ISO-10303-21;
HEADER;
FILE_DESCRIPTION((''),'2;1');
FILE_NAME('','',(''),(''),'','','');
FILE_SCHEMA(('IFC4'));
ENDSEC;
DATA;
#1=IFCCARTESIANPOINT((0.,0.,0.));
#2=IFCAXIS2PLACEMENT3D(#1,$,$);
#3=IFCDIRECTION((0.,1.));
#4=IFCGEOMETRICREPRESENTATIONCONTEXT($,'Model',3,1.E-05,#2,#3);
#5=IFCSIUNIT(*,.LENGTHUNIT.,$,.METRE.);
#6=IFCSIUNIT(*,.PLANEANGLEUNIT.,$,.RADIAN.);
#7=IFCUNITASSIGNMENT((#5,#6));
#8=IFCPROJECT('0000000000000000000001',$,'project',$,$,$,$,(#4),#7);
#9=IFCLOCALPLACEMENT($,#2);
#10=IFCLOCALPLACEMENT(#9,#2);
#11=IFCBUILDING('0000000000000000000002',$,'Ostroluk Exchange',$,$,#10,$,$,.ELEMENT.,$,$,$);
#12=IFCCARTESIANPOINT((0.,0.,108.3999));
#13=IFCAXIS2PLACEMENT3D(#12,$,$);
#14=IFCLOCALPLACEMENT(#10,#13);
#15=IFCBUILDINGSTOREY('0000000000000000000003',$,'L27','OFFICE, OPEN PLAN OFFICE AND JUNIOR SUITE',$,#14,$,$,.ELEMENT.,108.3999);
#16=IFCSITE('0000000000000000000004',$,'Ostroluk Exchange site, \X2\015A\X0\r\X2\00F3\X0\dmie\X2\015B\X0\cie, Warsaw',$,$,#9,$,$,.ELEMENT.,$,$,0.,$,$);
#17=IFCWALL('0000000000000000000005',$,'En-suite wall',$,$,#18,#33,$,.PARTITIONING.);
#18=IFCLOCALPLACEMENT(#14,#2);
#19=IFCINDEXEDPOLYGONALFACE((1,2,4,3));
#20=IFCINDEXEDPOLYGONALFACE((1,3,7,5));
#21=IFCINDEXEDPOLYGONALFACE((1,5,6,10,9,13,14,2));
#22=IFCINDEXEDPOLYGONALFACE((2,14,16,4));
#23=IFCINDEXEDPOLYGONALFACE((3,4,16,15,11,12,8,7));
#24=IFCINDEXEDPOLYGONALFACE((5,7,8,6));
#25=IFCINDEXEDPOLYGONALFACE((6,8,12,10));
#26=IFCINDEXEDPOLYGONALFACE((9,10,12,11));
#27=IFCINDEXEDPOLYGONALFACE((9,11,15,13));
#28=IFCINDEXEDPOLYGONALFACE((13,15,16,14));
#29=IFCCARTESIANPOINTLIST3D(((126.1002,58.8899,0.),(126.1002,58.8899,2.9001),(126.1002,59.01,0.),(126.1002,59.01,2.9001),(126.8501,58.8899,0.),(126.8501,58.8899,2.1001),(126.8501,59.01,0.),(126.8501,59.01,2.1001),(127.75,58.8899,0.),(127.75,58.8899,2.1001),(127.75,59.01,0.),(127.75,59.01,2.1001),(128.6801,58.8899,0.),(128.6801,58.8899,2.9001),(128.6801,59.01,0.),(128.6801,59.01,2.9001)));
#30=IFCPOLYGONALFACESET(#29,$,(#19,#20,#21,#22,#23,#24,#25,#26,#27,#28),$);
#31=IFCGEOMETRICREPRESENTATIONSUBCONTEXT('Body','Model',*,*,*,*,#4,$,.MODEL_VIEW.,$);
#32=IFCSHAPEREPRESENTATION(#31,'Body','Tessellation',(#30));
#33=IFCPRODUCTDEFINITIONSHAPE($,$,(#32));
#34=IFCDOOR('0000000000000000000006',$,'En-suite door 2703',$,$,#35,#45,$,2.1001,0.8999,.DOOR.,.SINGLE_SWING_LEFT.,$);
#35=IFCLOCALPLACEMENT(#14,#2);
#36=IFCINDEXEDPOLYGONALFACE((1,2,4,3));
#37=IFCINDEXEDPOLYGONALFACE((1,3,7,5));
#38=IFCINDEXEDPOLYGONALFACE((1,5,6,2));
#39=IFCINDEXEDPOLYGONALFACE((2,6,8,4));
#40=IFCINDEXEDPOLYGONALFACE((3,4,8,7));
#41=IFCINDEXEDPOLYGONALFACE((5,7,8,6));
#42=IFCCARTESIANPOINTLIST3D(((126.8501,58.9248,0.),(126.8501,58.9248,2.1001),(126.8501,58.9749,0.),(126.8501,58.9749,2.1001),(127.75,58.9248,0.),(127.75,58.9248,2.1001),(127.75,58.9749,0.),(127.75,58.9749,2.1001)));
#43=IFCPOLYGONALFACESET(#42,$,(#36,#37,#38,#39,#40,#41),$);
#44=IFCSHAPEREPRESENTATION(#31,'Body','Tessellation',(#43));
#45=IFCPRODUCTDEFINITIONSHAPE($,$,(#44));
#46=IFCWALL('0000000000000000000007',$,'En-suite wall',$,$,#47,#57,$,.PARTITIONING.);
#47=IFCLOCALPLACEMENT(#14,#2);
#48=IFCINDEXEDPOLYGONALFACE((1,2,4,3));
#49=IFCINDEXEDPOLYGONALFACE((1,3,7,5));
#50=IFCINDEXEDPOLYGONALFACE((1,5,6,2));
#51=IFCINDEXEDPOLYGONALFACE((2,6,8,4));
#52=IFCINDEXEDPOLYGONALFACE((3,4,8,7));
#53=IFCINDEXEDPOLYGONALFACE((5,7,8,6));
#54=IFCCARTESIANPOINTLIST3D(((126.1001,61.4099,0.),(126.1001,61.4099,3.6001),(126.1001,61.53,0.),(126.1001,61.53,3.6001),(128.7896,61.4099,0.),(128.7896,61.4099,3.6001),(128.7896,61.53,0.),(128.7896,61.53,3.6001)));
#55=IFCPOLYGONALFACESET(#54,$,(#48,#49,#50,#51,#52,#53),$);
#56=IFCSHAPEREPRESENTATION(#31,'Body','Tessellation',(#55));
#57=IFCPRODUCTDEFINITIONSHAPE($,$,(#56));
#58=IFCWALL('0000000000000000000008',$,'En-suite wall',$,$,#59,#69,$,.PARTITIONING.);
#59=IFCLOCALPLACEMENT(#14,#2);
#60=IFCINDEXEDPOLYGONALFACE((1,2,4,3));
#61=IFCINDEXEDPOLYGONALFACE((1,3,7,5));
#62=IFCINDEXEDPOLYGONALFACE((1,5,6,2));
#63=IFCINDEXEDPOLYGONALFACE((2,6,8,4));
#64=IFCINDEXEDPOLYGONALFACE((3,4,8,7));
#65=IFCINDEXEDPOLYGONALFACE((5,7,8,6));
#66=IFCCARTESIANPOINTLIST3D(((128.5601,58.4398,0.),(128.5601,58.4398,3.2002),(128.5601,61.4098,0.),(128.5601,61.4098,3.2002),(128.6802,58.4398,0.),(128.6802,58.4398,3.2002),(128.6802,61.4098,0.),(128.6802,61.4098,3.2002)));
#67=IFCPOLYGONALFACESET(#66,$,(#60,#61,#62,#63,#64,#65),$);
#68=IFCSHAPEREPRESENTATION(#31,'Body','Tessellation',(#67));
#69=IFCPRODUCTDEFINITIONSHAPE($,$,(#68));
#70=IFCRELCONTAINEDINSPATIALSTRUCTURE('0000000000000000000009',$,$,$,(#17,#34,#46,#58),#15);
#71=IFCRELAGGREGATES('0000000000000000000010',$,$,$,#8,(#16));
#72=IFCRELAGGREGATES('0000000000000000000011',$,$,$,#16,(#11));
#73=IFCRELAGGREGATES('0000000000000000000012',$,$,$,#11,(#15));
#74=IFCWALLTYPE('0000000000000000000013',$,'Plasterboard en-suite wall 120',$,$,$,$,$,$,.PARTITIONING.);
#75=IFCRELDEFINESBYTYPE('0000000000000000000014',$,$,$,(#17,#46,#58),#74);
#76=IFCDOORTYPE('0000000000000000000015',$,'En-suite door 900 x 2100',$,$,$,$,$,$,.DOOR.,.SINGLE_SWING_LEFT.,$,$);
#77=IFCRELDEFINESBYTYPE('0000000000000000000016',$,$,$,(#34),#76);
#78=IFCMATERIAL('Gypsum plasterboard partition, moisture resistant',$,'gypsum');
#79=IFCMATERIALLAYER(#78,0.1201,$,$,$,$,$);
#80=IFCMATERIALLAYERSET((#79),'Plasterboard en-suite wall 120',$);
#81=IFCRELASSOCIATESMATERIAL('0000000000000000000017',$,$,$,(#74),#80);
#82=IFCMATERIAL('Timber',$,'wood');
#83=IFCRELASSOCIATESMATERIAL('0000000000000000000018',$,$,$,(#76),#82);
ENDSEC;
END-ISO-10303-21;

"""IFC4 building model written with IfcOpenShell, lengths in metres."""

from ifc_helpers import new_model, si_unit, direction, frame, frame_2d, origin, place, context, subcontext, project, spatial, rectangle, extrude, material, layer, layer_set, type_object, element, fill, save


model = new_model("IFC4")

# Units and contexts
model_context = context("Model", 3, precision=1e-05, world=origin(), true_north=direction((0.0, 1.0)))
body_context = subcontext(model_context, "Body", "Model", "MODEL_VIEW")
ifc_project = project(units=[si_unit("LENGTHUNIT", "METRE"), si_unit("PLANEANGLEUNIT", "RADIAN")], contexts=[model_context])

# Site, building, storey
site_placement = place(None, origin())
site = spatial("IfcSite", under=ifc_project, at=site_placement, Name="Ostroluk Exchange site, Śródmieście, Warsaw", CompositionType="ELEMENT", RefElevation=0.0)
building_placement = place(site_placement, origin())
building = spatial("IfcBuilding", under=site, at=building_placement, Name="Ostroluk Exchange", CompositionType="ELEMENT")
storey_placement = place(building_placement, frame((0.0, 0.0, 108.3999)))
storey = spatial("IfcBuildingStorey", under=building, at=storey_placement, Name="L27", Description="OFFICE, OPEN PLAN OFFICE AND JUNIOR SUITE", CompositionType="ELEMENT", Elevation=108.3999)

# Wall, opening, door
ifc_material_1 = material(Name="Gypsum plasterboard partition, moisture resistant", Category="gypsum")
ifc_layer_1 = layer(ifc_material_1, 0.1201)
ifc_layer_set_1 = layer_set([ifc_layer_1], Name="Plasterboard en-suite wall 120")
wall_type_1 = type_object("IfcWallType", Name="Plasterboard en-suite wall 120", PredefinedType="PARTITIONING", material=ifc_layer_set_1)
wall_1_placement = place(storey_placement, frame((126.1001, 58.95, 0.0), z_axis=(0.0, 0.0, 1.0), x_axis=(1.0, 0.0, 0.0)))
wall_1 = element("IfcWall", 1, at=wall_1_placement, inside=storey, type_object=wall_type_1, Name="En-suite wall", PredefinedType="PARTITIONING", context=body_context, shape_type="SweptSolid", body=[
    extrude(rectangle(XDim=2.5798, YDim=0.1201, at=frame_2d((1.29, 0.0))), origin(), (0.0, 0.0, 1.0), 2.9001),
])
opening_1_placement = place(wall_1_placement, frame((0.75, 0.0, 0.0)))
opening_1 = element("IfcOpeningElement", 2, at=opening_1_placement, cuts=wall_1, PredefinedType="OPENING", context=body_context, shape_type="SweptSolid", body=[
    extrude(rectangle(XDim=0.8999, YDim=2.1001, at=frame_2d((0.45, 1.05))), frame((0.0, 0.0701, 0.0), z_axis=(0.0, -1.0, 0.0), x_axis=(1.0, 0.0, 0.0)), (0.0, 0.0, 1.0), 0.1401),
])
ifc_material_2 = material(Name="Timber", Category="wood")
door_type_1 = type_object("IfcDoorType", Name="En-suite door 900 x 2100", OperationType="SINGLE_SWING_LEFT", PredefinedType="DOOR", material=ifc_material_2)
door_1_placement = place(opening_1_placement, origin())
door_1 = element("IfcDoor", 3, at=door_1_placement, inside=storey, type_object=door_type_1, Name="En-suite door 2703", OperationType="SINGLE_SWING_LEFT", OverallHeight=2.1001, OverallWidth=0.8999, PredefinedType="DOOR", context=body_context, shape_type="SweptSolid", body=[
    extrude(rectangle(XDim=0.8999, YDim=2.1001, at=frame_2d((0.45, 1.05))), frame((0.0, 0.0249, 0.0), z_axis=(0.0, -1.0, 0.0), x_axis=(1.0, 0.0, 0.0)), (0.0, 0.0, 1.0), 0.05),
])
fill(opening_1, door_1)

# Walls
wall_2_placement = place(storey_placement, frame((126.1001, 61.47, 0.0), z_axis=(0.0, 0.0, 1.0), x_axis=(1.0, 0.0, 0.0)))
element("IfcWall", 4, at=wall_2_placement, inside=storey, type_object=wall_type_1, Name="En-suite wall", PredefinedType="PARTITIONING", context=body_context, shape_type="SweptSolid", body=[
    extrude(rectangle(XDim=2.6895, YDim=0.1201, at=frame_2d((1.3447, 0.0))), origin(), (0.0, 0.0, 1.0), 3.6001),
])
wall_3_placement = place(storey_placement, frame((128.6201, 58.4399, 0.0), z_axis=(0.0, 0.0, 1.0), x_axis=(0.0, 1.0, 0.0)))
element("IfcWall", 5, at=wall_3_placement, inside=storey, type_object=wall_type_1, Name="En-suite wall", PredefinedType="PARTITIONING", context=body_context, shape_type="SweptSolid", body=[
    extrude(rectangle(XDim=2.97, YDim=0.1201, at=frame_2d((1.4849, 0.0))), origin(), (0.0, 0.0, 1.0), 3.2002),
])

save(model, "model.ifc")
